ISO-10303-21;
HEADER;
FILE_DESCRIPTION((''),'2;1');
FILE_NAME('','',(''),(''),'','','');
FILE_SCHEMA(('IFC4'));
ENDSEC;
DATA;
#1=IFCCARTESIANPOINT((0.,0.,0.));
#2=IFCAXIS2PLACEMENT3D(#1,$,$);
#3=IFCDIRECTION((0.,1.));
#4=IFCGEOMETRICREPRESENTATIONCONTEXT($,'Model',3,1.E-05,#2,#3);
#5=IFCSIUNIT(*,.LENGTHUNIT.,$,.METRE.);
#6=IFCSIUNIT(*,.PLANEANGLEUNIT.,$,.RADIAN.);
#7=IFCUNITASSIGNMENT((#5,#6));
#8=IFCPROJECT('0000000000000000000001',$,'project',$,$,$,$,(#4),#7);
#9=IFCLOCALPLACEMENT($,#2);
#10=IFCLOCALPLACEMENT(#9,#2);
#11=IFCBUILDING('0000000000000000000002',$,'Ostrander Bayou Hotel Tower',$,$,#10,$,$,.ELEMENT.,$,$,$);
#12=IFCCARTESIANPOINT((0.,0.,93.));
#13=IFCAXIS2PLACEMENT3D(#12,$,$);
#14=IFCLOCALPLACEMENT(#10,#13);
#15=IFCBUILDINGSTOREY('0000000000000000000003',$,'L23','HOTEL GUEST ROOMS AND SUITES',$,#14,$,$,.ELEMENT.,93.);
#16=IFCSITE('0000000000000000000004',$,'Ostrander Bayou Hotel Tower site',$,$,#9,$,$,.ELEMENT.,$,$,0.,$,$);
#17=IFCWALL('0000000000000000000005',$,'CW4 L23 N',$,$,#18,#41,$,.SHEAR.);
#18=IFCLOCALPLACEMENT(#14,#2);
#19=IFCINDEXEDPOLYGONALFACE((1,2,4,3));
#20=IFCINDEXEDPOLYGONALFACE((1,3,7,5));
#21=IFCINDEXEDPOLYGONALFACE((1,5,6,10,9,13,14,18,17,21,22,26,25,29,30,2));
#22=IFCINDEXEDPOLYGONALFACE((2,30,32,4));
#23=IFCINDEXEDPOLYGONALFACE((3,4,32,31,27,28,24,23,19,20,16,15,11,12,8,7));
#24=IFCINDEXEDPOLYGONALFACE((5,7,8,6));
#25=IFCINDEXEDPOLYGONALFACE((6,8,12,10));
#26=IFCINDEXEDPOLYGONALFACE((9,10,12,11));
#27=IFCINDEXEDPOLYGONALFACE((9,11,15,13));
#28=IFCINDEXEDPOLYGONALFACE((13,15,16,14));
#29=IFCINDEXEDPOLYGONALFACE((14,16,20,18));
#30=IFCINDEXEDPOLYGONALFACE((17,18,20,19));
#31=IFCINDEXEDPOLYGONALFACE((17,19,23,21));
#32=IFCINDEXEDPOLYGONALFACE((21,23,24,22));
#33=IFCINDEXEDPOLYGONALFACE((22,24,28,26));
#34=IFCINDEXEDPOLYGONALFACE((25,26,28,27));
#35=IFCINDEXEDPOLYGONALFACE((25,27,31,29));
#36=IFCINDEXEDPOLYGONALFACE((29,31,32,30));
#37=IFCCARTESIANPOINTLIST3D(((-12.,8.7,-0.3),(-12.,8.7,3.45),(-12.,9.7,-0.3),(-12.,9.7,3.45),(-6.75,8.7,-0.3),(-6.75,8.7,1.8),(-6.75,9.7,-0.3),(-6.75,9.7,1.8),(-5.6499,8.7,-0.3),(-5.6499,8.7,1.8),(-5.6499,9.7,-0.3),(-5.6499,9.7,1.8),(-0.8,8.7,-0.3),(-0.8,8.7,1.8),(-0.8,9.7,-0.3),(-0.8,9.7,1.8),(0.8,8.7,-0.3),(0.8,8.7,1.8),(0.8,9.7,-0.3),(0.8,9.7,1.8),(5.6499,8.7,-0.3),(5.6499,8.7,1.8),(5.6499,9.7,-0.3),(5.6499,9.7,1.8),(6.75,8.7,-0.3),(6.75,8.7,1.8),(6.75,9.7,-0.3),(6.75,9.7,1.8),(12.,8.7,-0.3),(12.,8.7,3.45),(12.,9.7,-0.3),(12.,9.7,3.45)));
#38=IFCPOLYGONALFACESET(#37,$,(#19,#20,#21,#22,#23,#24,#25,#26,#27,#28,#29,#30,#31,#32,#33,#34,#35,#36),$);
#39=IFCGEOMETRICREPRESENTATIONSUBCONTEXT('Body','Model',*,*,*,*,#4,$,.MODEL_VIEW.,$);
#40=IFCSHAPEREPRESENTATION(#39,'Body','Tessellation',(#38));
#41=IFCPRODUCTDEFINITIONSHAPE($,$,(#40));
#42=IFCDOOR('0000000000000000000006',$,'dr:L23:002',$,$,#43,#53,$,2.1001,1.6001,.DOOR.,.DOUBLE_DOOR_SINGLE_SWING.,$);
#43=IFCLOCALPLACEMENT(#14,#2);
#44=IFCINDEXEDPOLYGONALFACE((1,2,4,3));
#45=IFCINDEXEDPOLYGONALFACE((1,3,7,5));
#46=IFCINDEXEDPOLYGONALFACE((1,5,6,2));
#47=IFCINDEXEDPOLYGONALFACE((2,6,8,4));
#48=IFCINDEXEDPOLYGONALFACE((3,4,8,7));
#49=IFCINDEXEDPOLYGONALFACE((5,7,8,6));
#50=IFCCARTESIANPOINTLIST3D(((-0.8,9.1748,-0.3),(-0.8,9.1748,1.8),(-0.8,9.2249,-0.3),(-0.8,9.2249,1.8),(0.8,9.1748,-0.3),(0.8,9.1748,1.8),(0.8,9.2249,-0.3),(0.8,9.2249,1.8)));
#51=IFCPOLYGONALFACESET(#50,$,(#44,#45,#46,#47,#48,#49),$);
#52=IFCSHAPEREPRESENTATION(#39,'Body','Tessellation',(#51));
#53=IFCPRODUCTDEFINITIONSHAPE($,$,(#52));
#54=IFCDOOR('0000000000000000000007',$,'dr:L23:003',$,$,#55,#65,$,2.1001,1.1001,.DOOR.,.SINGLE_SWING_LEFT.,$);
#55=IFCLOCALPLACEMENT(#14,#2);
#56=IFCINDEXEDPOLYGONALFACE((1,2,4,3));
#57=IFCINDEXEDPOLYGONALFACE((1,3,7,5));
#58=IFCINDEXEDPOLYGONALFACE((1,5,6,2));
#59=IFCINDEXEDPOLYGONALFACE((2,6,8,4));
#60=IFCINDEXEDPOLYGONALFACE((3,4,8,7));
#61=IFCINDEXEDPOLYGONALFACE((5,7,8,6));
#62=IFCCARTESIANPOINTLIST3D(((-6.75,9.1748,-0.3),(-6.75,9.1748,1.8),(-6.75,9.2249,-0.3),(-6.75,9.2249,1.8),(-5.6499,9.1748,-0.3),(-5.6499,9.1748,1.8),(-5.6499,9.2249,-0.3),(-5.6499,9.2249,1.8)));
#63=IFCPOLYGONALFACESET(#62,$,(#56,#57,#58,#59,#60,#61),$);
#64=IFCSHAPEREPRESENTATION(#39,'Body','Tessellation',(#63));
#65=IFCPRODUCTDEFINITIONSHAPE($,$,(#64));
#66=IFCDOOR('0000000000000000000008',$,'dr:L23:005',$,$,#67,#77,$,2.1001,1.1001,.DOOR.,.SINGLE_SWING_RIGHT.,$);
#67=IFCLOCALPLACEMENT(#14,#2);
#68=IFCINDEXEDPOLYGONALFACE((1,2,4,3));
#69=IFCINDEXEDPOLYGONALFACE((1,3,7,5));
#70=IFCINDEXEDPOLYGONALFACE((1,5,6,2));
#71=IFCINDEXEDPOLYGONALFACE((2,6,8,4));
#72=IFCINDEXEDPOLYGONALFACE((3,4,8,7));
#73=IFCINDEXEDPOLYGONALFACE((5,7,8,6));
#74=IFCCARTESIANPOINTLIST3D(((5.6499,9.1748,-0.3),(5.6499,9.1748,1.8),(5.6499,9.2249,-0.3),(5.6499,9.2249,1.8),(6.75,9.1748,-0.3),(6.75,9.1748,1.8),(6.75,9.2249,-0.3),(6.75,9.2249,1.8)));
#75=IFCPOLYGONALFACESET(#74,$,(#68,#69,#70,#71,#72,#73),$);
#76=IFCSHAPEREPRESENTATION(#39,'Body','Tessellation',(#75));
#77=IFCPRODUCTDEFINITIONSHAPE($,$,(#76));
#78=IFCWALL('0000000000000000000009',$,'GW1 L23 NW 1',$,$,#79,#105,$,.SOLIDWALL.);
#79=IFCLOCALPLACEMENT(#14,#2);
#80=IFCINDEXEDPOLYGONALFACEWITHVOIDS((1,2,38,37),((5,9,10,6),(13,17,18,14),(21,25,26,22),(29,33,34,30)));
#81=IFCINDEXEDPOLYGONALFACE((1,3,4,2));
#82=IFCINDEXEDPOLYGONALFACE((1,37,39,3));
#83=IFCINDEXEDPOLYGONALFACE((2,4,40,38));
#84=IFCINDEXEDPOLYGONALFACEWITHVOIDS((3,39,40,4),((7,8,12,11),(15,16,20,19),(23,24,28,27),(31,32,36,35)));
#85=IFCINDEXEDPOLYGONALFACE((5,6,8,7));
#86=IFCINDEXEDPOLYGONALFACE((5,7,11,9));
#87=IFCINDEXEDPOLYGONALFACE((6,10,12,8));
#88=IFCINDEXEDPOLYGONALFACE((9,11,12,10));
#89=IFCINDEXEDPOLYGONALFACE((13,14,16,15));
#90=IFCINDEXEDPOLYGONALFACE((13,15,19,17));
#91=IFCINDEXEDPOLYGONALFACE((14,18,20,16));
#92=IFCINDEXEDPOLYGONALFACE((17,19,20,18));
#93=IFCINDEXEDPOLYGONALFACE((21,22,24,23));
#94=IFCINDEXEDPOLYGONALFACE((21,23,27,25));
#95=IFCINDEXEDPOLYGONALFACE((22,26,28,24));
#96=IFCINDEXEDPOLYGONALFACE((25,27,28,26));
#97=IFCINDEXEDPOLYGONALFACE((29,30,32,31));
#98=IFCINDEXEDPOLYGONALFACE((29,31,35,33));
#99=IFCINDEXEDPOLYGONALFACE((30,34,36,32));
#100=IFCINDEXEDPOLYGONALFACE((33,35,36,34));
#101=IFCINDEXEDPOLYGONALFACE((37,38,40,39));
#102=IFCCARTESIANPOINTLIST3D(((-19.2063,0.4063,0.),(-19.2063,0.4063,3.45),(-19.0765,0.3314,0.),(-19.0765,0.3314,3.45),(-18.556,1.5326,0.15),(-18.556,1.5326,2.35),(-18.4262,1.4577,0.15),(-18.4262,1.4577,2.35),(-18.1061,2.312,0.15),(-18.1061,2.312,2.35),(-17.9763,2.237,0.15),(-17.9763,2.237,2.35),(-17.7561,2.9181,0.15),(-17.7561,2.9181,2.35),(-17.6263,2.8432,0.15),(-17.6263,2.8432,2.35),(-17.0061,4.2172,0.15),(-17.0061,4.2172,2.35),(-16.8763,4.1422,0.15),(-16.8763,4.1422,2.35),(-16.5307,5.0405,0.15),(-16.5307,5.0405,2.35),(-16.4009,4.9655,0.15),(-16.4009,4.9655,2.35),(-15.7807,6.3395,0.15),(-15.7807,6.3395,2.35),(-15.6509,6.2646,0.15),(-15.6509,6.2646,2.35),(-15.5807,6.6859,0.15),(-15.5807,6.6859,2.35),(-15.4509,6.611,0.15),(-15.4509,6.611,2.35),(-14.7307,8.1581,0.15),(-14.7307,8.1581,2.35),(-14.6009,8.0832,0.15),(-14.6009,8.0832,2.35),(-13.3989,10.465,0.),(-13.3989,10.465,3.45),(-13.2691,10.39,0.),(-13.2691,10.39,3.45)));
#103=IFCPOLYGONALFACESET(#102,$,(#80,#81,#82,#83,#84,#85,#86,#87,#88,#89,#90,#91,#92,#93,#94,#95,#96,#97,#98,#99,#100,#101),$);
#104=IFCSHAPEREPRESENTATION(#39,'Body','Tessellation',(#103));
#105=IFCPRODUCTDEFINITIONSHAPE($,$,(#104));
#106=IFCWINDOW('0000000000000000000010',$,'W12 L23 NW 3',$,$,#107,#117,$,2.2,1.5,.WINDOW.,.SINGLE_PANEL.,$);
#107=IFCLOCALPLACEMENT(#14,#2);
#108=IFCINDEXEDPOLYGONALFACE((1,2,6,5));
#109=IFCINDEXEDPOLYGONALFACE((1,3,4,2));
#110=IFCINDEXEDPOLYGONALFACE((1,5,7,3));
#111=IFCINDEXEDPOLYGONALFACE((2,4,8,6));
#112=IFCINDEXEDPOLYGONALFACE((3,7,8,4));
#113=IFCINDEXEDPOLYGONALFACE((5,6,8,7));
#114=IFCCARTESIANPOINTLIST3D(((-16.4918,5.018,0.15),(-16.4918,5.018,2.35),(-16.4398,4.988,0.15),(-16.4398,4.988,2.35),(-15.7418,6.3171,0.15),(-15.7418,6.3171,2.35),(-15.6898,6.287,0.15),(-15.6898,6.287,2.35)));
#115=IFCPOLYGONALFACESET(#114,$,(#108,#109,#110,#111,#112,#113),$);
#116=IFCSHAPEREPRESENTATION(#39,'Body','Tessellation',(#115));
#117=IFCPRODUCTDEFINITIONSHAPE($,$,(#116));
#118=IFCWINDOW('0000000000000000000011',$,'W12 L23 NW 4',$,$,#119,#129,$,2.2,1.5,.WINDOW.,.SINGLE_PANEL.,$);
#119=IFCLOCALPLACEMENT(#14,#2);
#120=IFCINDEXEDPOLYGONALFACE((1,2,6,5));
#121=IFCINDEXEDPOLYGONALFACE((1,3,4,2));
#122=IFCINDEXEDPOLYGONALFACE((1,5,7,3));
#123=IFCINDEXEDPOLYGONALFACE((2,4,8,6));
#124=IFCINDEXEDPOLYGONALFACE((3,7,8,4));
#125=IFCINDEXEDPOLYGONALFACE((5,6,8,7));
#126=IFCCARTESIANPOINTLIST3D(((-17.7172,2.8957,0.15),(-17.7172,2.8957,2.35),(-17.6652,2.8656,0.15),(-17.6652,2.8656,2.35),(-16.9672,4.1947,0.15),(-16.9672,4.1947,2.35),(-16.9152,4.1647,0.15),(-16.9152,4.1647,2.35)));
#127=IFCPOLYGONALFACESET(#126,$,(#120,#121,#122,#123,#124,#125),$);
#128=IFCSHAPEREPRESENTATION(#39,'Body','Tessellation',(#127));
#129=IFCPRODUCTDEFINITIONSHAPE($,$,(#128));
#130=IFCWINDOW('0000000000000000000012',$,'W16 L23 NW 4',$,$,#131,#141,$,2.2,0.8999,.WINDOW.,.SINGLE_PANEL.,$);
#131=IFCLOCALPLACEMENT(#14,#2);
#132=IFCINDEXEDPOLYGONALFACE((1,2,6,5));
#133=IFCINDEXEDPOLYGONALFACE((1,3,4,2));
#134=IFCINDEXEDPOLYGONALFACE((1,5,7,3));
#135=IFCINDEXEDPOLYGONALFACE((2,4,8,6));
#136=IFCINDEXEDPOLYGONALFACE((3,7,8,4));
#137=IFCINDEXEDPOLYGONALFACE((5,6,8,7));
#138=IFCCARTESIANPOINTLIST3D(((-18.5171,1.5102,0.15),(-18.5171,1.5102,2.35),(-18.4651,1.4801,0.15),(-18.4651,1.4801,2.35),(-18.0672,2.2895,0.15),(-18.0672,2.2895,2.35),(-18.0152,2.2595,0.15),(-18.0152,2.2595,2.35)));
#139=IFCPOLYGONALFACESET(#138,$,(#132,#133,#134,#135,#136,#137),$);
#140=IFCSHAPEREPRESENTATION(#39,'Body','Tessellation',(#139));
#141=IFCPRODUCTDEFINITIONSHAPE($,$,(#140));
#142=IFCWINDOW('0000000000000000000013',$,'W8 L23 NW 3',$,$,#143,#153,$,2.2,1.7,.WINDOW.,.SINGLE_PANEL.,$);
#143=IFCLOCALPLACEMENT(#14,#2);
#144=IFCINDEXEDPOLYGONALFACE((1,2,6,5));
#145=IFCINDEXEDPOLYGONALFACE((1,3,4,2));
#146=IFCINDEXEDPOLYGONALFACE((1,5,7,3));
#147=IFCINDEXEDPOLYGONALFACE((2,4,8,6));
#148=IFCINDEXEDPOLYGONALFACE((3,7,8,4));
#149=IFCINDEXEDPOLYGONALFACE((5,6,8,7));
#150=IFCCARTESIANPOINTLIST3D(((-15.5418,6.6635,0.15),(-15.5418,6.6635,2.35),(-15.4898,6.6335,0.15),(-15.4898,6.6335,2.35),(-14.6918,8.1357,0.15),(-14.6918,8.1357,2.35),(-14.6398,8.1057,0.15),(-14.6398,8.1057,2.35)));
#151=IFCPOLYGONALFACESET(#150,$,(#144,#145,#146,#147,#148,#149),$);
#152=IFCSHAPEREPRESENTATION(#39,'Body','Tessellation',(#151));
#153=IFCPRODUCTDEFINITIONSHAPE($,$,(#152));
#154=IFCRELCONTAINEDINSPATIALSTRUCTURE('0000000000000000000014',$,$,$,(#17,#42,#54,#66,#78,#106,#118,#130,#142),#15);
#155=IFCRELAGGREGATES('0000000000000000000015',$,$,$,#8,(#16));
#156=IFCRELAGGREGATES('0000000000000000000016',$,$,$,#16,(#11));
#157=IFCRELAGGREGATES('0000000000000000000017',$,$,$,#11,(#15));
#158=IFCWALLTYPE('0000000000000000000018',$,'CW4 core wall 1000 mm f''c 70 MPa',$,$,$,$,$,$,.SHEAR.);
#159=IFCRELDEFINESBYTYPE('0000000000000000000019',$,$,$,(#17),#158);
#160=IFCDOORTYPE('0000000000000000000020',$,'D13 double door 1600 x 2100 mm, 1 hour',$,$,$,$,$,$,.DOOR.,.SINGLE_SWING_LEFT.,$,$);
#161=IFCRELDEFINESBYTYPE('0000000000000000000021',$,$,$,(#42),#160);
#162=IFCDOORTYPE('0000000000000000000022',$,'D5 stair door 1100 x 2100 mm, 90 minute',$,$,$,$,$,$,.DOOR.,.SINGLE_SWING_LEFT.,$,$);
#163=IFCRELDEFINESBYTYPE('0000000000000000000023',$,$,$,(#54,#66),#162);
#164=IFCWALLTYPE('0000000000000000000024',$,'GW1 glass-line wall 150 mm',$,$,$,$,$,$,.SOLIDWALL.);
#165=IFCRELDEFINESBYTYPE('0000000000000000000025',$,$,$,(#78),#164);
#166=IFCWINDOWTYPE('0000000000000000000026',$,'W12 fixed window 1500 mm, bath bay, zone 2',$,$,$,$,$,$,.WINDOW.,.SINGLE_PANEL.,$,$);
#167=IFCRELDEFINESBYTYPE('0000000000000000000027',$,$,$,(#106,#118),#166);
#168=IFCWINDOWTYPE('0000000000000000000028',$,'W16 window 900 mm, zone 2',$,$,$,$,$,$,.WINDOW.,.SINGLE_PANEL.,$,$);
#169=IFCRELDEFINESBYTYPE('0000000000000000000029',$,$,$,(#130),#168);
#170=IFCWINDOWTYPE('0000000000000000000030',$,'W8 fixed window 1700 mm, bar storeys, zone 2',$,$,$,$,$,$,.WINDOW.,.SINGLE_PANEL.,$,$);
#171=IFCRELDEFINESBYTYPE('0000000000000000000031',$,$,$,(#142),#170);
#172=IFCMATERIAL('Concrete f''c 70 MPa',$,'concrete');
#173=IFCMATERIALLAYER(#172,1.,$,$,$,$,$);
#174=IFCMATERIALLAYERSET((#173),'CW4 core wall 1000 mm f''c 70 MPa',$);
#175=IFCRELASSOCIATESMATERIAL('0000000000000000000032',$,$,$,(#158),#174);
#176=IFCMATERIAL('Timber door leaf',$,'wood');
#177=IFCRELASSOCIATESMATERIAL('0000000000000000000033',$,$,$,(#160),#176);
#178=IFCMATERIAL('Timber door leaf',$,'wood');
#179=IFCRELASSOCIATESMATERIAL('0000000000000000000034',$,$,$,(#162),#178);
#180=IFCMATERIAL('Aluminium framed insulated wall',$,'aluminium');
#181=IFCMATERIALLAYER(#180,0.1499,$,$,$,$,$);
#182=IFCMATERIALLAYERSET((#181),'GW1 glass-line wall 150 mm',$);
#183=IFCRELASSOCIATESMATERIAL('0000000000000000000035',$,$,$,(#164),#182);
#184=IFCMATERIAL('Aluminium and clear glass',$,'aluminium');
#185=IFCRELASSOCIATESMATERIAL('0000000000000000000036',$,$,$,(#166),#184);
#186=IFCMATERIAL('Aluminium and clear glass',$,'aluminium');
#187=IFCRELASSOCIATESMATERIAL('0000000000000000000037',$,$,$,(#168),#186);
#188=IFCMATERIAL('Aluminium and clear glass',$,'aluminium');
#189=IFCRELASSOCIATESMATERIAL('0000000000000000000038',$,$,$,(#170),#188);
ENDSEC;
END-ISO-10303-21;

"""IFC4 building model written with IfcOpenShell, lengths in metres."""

from ifc_helpers import new_model, si_unit, direction, frame, frame_2d, origin, place, context, subcontext, project, spatial, rectangle, extrude, material, layer, layer_set, type_object, element, fill, save


model = new_model("IFC4")

# Units and contexts
model_context = context("Model", 3, precision=1e-05, world=origin(), true_north=direction((0.0, 1.0)))
body_context = subcontext(model_context, "Body", "Model", "MODEL_VIEW")
ifc_project = project(units=[si_unit("LENGTHUNIT", "METRE"), si_unit("PLANEANGLEUNIT", "RADIAN")], contexts=[model_context])

# Site, building, storey
site_placement = place(None, origin())
site = spatial("IfcSite", under=ifc_project, at=site_placement, Name="Ostrander Bayou Hotel Tower site", CompositionType="ELEMENT", RefElevation=0.0)
building_placement = place(site_placement, origin())
building = spatial("IfcBuilding", under=site, at=building_placement, Name="Ostrander Bayou Hotel Tower", CompositionType="ELEMENT")
storey_placement = place(building_placement, frame((0.0, 0.0, 93.0)))
storey = spatial("IfcBuildingStorey", under=building, at=storey_placement, Name="L23", Description="HOTEL GUEST ROOMS AND SUITES", CompositionType="ELEMENT", Elevation=93.0)

# Wall, openings, doors
ifc_material_1 = material(Name="Concrete f'c 70 MPa", Category="concrete")
ifc_layer_1 = layer(ifc_material_1, 1.0)
ifc_layer_set_1 = layer_set([ifc_layer_1], Name="CW4 core wall 1000 mm f'c 70 MPa")
wall_type_1 = type_object("IfcWallType", Name="CW4 core wall 1000 mm f'c 70 MPa", PredefinedType="SHEAR", material=ifc_layer_set_1)
wall_1_placement = place(storey_placement, frame((-12.0, 9.2, -0.3), z_axis=(0.0, 0.0, 1.0), x_axis=(1.0, 0.0, 0.0)))
wall_1 = element("IfcWall", 1, at=wall_1_placement, inside=storey, type_object=wall_type_1, Name="CW4 L23 N", PredefinedType="SHEAR", context=body_context, shape_type="SweptSolid", body=[
    extrude(rectangle(XDim=24.0, YDim=1.0, at=frame_2d((12.0, 0.0))), origin(), (0.0, 0.0, 1.0), 3.75),
])
opening_1_placement = place(wall_1_placement, frame((11.2, 0.0, 0.0)))
opening_1 = element("IfcOpeningElement", 2, at=opening_1_placement, cuts=wall_1, PredefinedType="OPENING", context=body_context, shape_type="SweptSolid", body=[
    extrude(rectangle(XDim=1.6001, YDim=2.1001, at=frame_2d((0.8, 1.05))), frame((0.0, 0.5, 0.0), z_axis=(0.0, -1.0, 0.0), x_axis=(1.0, 0.0, 0.0)), (0.0, 0.0, 1.0), 1.0),
])
opening_2_placement = place(wall_1_placement, frame((5.25, 0.0, 0.0)))
opening_2 = element("IfcOpeningElement", 3, at=opening_2_placement, cuts=wall_1, PredefinedType="OPENING", context=body_context, shape_type="SweptSolid", body=[
    extrude(rectangle(XDim=1.1001, YDim=2.1001, at=frame_2d((0.55, 1.05))), frame((0.0, 0.5, 0.0), z_axis=(0.0, -1.0, 0.0), x_axis=(1.0, 0.0, 0.0)), (0.0, 0.0, 1.0), 1.0),
])
opening_3_placement = place(wall_1_placement, frame((17.6499, 0.0, 0.0)))
opening_3 = element("IfcOpeningElement", 4, at=opening_3_placement, cuts=wall_1, PredefinedType="OPENING", context=body_context, shape_type="SweptSolid", body=[
    extrude(rectangle(XDim=1.1001, YDim=2.1001, at=frame_2d((0.55, 1.05))), frame((0.0, 0.5, 0.0), z_axis=(0.0, -1.0, 0.0), x_axis=(1.0, 0.0, 0.0)), (0.0, 0.0, 1.0), 1.0),
])
ifc_material_2 = material(Name="Timber door leaf", Category="wood")
door_type_1 = type_object("IfcDoorType", Name="D13 double door 1600 x 2100 mm, 1 hour", OperationType="SINGLE_SWING_LEFT", PredefinedType="DOOR", material=ifc_material_2)
door_1_placement = place(opening_1_placement, origin())
door_1 = element("IfcDoor", 5, at=door_1_placement, inside=storey, type_object=door_type_1, Name="dr:L23:002", OperationType="DOUBLE_DOOR_SINGLE_SWING", OverallHeight=2.1001, OverallWidth=1.6001, PredefinedType="DOOR", context=body_context, shape_type="SweptSolid", body=[
    extrude(rectangle(XDim=1.6001, YDim=2.1001, at=frame_2d((0.8, 1.05))), frame((0.0, 0.0249, 0.0), z_axis=(0.0, -1.0, 0.0), x_axis=(1.0, 0.0, 0.0)), (0.0, 0.0, 1.0), 0.05),
])
fill(opening_1, door_1)
ifc_material_3 = material(Name="Timber door leaf", Category="wood")
door_type_2 = type_object("IfcDoorType", Name="D5 stair door 1100 x 2100 mm, 90 minute", OperationType="SINGLE_SWING_LEFT", PredefinedType="DOOR", material=ifc_material_3)
door_2_placement = place(opening_2_placement, origin())
door_2 = element("IfcDoor", 6, at=door_2_placement, inside=storey, type_object=door_type_2, Name="dr:L23:003", OperationType="SINGLE_SWING_LEFT", OverallHeight=2.1001, OverallWidth=1.1001, PredefinedType="DOOR", context=body_context, shape_type="SweptSolid", body=[
    extrude(rectangle(XDim=1.1001, YDim=2.1001, at=frame_2d((0.55, 1.05))), frame((0.0, 0.0249, 0.0), z_axis=(0.0, -1.0, 0.0), x_axis=(1.0, 0.0, 0.0)), (0.0, 0.0, 1.0), 0.05),
])
fill(opening_2, door_2)
door_3_placement = place(opening_3_placement, origin())
door_3 = element("IfcDoor", 7, at=door_3_placement, inside=storey, type_object=door_type_2, Name="dr:L23:005", OperationType="SINGLE_SWING_RIGHT", OverallHeight=2.1001, OverallWidth=1.1001, PredefinedType="DOOR", context=body_context, shape_type="SweptSolid", body=[
    extrude(rectangle(XDim=1.1001, YDim=2.1001, at=frame_2d((0.55, 1.05))), frame((0.0, 0.0249, 0.0), z_axis=(0.0, -1.0, 0.0), x_axis=(1.0, 0.0, 0.0)), (0.0, 0.0, 1.0), 0.05),
])
fill(opening_3, door_3)

# Wall, openings, windows
ifc_material_4 = material(Name="Aluminium framed insulated wall", Category="aluminium")
ifc_layer_2 = layer(ifc_material_4, 0.1499)
ifc_layer_set_2 = layer_set([ifc_layer_2], Name="GW1 glass-line wall 150 mm")
wall_type_2 = type_object("IfcWallType", Name="GW1 glass-line wall 150 mm", PredefinedType="SOLIDWALL", material=ifc_layer_set_2)
wall_2_placement = place(storey_placement, frame((-13.334, 10.4275, 0.0), z_axis=(0.0, 0.0, 1.0), x_axis=(-0.500003, -0.866024, 0.0)))
wall_2 = element("IfcWall", 8, at=wall_2_placement, inside=storey, type_object=wall_type_2, Name="GW1 L23 NW 1", PredefinedType="SOLIDWALL", context=body_context, shape_type="SweptSolid", body=[
    extrude(rectangle(XDim=11.6147, YDim=0.1499, at=frame_2d((5.8074, 0.0))), origin(), (0.0, 0.0, 1.0), 3.45),
])
opening_4_placement = place(wall_2_placement, frame((2.6636, 0.0, 0.1499)))
opening_4 = element("IfcOpeningElement", 9, at=opening_4_placement, cuts=wall_2, PredefinedType="OPENING", context=body_context, shape_type="SweptSolid", body=[
    extrude(rectangle(XDim=1.7, YDim=2.2, at=frame_2d((0.8501, 1.1001))), frame((0.0, 0.075, 0.0), z_axis=(0.0, -1.0, 0.0), x_axis=(1.0, 0.0, 0.0)), (0.0, 0.0, 1.0), 0.1499),
])
opening_5_placement = place(wall_2_placement, frame((4.7637, 0.0, 0.1499)))
opening_5 = element("IfcOpeningElement", 10, at=opening_5_placement, cuts=wall_2, PredefinedType="OPENING", context=body_context, shape_type="SweptSolid", body=[
    extrude(rectangle(XDim=1.5, YDim=2.2, at=frame_2d((0.75, 1.1001))), frame((0.0, 0.075, 0.0), z_axis=(0.0, -1.0, 0.0), x_axis=(1.0, 0.0, 0.0)), (0.0, 0.0, 1.0), 0.1499),
])
opening_6_placement = place(wall_2_placement, frame((9.4143, 0.0, 0.1499)))
opening_6 = element("IfcOpeningElement", 11, at=opening_6_placement, cuts=wall_2, PredefinedType="OPENING", context=body_context, shape_type="SweptSolid", body=[
    extrude(rectangle(XDim=0.8999, YDim=2.2, at=frame_2d((0.45, 1.1001))), frame((0.0, 0.075, 0.0), z_axis=(0.0, -1.0, 0.0), x_axis=(1.0, 0.0, 0.0)), (0.0, 0.0, 1.0), 0.1499),
])
opening_7_placement = place(wall_2_placement, frame((7.2144, 0.0, 0.1499)))
opening_7 = element("IfcOpeningElement", 12, at=opening_7_placement, cuts=wall_2, PredefinedType="OPENING", context=body_context, shape_type="SweptSolid", body=[
    extrude(rectangle(XDim=1.5, YDim=2.2, at=frame_2d((0.75, 1.1001))), frame((0.0, 0.075, 0.0), z_axis=(0.0, -1.0, 0.0), x_axis=(1.0, 0.0, 0.0)), (0.0, 0.0, 1.0), 0.1499),
])
ifc_material_5 = material(Name="Aluminium and clear glass", Category="aluminium")
window_type_1 = type_object("IfcWindowType", Name="W12 fixed window 1500 mm, bath bay, zone 2", PartitioningType="SINGLE_PANEL", PredefinedType="WINDOW", material=ifc_material_5)
window_1_placement = place(opening_5_placement, origin())
window_1 = element("IfcWindow", 13, at=window_1_placement, inside=storey, type_object=window_type_1, Name="W12 L23 NW 3", OverallHeight=2.2, OverallWidth=1.5, PartitioningType="SINGLE_PANEL", PredefinedType="WINDOW", context=body_context, shape_type="SweptSolid", body=[
    extrude(rectangle(XDim=1.5, YDim=2.2, at=frame_2d((0.75, 1.1001))), frame((0.0, 0.03, 0.0), z_axis=(0.0, -1.0, 0.0), x_axis=(1.0, 0.0, 0.0)), (0.0, 0.0, 1.0), 0.0601),
])
fill(opening_5, window_1)
window_2_placement = place(opening_7_placement, origin())
window_2 = element("IfcWindow", 14, at=window_2_placement, inside=storey, type_object=window_type_1, Name="W12 L23 NW 4", OverallHeight=2.2, OverallWidth=1.5, PartitioningType="SINGLE_PANEL", PredefinedType="WINDOW", context=body_context, shape_type="SweptSolid", body=[
    extrude(rectangle(XDim=1.5, YDim=2.2, at=frame_2d((0.75, 1.1001))), frame((0.0, 0.03, 0.0), z_axis=(0.0, -1.0, 0.0), x_axis=(1.0, 0.0, 0.0)), (0.0, 0.0, 1.0), 0.0601),
])
fill(opening_7, window_2)
ifc_material_6 = material(Name="Aluminium and clear glass", Category="aluminium")
window_type_2 = type_object("IfcWindowType", Name="W16 window 900 mm, zone 2", PartitioningType="SINGLE_PANEL", PredefinedType="WINDOW", material=ifc_material_6)
window_3_placement = place(opening_6_placement, origin())
window_3 = element("IfcWindow", 15, at=window_3_placement, inside=storey, type_object=window_type_2, Name="W16 L23 NW 4", OverallHeight=2.2, OverallWidth=0.8999, PartitioningType="SINGLE_PANEL", PredefinedType="WINDOW", context=body_context, shape_type="SweptSolid", body=[
    extrude(rectangle(XDim=0.8999, YDim=2.2, at=frame_2d((0.45, 1.1001))), frame((0.0, 0.03, 0.0), z_axis=(0.0, -1.0, 0.0), x_axis=(1.0, 0.0, 0.0)), (0.0, 0.0, 1.0), 0.0601),
])
fill(opening_6, window_3)
ifc_material_7 = material(Name="Aluminium and clear glass", Category="aluminium")
window_type_3 = type_object("IfcWindowType", Name="W8 fixed window 1700 mm, bar storeys, zone 2", PartitioningType="SINGLE_PANEL", PredefinedType="WINDOW", material=ifc_material_7)
window_4_placement = place(opening_4_placement, origin())
window_4 = element("IfcWindow", 16, at=window_4_placement, inside=storey, type_object=window_type_3, Name="W8 L23 NW 3", OverallHeight=2.2, OverallWidth=1.7, PartitioningType="SINGLE_PANEL", PredefinedType="WINDOW", context=body_context, shape_type="SweptSolid", body=[
    extrude(rectangle(XDim=1.7, YDim=2.2, at=frame_2d((0.8501, 1.1001))), frame((0.0, 0.03, 0.0), z_axis=(0.0, -1.0, 0.0), x_axis=(1.0, 0.0, 0.0)), (0.0, 0.0, 1.0), 0.0601),
])
fill(opening_4, window_4)

save(model, "model.ifc")
